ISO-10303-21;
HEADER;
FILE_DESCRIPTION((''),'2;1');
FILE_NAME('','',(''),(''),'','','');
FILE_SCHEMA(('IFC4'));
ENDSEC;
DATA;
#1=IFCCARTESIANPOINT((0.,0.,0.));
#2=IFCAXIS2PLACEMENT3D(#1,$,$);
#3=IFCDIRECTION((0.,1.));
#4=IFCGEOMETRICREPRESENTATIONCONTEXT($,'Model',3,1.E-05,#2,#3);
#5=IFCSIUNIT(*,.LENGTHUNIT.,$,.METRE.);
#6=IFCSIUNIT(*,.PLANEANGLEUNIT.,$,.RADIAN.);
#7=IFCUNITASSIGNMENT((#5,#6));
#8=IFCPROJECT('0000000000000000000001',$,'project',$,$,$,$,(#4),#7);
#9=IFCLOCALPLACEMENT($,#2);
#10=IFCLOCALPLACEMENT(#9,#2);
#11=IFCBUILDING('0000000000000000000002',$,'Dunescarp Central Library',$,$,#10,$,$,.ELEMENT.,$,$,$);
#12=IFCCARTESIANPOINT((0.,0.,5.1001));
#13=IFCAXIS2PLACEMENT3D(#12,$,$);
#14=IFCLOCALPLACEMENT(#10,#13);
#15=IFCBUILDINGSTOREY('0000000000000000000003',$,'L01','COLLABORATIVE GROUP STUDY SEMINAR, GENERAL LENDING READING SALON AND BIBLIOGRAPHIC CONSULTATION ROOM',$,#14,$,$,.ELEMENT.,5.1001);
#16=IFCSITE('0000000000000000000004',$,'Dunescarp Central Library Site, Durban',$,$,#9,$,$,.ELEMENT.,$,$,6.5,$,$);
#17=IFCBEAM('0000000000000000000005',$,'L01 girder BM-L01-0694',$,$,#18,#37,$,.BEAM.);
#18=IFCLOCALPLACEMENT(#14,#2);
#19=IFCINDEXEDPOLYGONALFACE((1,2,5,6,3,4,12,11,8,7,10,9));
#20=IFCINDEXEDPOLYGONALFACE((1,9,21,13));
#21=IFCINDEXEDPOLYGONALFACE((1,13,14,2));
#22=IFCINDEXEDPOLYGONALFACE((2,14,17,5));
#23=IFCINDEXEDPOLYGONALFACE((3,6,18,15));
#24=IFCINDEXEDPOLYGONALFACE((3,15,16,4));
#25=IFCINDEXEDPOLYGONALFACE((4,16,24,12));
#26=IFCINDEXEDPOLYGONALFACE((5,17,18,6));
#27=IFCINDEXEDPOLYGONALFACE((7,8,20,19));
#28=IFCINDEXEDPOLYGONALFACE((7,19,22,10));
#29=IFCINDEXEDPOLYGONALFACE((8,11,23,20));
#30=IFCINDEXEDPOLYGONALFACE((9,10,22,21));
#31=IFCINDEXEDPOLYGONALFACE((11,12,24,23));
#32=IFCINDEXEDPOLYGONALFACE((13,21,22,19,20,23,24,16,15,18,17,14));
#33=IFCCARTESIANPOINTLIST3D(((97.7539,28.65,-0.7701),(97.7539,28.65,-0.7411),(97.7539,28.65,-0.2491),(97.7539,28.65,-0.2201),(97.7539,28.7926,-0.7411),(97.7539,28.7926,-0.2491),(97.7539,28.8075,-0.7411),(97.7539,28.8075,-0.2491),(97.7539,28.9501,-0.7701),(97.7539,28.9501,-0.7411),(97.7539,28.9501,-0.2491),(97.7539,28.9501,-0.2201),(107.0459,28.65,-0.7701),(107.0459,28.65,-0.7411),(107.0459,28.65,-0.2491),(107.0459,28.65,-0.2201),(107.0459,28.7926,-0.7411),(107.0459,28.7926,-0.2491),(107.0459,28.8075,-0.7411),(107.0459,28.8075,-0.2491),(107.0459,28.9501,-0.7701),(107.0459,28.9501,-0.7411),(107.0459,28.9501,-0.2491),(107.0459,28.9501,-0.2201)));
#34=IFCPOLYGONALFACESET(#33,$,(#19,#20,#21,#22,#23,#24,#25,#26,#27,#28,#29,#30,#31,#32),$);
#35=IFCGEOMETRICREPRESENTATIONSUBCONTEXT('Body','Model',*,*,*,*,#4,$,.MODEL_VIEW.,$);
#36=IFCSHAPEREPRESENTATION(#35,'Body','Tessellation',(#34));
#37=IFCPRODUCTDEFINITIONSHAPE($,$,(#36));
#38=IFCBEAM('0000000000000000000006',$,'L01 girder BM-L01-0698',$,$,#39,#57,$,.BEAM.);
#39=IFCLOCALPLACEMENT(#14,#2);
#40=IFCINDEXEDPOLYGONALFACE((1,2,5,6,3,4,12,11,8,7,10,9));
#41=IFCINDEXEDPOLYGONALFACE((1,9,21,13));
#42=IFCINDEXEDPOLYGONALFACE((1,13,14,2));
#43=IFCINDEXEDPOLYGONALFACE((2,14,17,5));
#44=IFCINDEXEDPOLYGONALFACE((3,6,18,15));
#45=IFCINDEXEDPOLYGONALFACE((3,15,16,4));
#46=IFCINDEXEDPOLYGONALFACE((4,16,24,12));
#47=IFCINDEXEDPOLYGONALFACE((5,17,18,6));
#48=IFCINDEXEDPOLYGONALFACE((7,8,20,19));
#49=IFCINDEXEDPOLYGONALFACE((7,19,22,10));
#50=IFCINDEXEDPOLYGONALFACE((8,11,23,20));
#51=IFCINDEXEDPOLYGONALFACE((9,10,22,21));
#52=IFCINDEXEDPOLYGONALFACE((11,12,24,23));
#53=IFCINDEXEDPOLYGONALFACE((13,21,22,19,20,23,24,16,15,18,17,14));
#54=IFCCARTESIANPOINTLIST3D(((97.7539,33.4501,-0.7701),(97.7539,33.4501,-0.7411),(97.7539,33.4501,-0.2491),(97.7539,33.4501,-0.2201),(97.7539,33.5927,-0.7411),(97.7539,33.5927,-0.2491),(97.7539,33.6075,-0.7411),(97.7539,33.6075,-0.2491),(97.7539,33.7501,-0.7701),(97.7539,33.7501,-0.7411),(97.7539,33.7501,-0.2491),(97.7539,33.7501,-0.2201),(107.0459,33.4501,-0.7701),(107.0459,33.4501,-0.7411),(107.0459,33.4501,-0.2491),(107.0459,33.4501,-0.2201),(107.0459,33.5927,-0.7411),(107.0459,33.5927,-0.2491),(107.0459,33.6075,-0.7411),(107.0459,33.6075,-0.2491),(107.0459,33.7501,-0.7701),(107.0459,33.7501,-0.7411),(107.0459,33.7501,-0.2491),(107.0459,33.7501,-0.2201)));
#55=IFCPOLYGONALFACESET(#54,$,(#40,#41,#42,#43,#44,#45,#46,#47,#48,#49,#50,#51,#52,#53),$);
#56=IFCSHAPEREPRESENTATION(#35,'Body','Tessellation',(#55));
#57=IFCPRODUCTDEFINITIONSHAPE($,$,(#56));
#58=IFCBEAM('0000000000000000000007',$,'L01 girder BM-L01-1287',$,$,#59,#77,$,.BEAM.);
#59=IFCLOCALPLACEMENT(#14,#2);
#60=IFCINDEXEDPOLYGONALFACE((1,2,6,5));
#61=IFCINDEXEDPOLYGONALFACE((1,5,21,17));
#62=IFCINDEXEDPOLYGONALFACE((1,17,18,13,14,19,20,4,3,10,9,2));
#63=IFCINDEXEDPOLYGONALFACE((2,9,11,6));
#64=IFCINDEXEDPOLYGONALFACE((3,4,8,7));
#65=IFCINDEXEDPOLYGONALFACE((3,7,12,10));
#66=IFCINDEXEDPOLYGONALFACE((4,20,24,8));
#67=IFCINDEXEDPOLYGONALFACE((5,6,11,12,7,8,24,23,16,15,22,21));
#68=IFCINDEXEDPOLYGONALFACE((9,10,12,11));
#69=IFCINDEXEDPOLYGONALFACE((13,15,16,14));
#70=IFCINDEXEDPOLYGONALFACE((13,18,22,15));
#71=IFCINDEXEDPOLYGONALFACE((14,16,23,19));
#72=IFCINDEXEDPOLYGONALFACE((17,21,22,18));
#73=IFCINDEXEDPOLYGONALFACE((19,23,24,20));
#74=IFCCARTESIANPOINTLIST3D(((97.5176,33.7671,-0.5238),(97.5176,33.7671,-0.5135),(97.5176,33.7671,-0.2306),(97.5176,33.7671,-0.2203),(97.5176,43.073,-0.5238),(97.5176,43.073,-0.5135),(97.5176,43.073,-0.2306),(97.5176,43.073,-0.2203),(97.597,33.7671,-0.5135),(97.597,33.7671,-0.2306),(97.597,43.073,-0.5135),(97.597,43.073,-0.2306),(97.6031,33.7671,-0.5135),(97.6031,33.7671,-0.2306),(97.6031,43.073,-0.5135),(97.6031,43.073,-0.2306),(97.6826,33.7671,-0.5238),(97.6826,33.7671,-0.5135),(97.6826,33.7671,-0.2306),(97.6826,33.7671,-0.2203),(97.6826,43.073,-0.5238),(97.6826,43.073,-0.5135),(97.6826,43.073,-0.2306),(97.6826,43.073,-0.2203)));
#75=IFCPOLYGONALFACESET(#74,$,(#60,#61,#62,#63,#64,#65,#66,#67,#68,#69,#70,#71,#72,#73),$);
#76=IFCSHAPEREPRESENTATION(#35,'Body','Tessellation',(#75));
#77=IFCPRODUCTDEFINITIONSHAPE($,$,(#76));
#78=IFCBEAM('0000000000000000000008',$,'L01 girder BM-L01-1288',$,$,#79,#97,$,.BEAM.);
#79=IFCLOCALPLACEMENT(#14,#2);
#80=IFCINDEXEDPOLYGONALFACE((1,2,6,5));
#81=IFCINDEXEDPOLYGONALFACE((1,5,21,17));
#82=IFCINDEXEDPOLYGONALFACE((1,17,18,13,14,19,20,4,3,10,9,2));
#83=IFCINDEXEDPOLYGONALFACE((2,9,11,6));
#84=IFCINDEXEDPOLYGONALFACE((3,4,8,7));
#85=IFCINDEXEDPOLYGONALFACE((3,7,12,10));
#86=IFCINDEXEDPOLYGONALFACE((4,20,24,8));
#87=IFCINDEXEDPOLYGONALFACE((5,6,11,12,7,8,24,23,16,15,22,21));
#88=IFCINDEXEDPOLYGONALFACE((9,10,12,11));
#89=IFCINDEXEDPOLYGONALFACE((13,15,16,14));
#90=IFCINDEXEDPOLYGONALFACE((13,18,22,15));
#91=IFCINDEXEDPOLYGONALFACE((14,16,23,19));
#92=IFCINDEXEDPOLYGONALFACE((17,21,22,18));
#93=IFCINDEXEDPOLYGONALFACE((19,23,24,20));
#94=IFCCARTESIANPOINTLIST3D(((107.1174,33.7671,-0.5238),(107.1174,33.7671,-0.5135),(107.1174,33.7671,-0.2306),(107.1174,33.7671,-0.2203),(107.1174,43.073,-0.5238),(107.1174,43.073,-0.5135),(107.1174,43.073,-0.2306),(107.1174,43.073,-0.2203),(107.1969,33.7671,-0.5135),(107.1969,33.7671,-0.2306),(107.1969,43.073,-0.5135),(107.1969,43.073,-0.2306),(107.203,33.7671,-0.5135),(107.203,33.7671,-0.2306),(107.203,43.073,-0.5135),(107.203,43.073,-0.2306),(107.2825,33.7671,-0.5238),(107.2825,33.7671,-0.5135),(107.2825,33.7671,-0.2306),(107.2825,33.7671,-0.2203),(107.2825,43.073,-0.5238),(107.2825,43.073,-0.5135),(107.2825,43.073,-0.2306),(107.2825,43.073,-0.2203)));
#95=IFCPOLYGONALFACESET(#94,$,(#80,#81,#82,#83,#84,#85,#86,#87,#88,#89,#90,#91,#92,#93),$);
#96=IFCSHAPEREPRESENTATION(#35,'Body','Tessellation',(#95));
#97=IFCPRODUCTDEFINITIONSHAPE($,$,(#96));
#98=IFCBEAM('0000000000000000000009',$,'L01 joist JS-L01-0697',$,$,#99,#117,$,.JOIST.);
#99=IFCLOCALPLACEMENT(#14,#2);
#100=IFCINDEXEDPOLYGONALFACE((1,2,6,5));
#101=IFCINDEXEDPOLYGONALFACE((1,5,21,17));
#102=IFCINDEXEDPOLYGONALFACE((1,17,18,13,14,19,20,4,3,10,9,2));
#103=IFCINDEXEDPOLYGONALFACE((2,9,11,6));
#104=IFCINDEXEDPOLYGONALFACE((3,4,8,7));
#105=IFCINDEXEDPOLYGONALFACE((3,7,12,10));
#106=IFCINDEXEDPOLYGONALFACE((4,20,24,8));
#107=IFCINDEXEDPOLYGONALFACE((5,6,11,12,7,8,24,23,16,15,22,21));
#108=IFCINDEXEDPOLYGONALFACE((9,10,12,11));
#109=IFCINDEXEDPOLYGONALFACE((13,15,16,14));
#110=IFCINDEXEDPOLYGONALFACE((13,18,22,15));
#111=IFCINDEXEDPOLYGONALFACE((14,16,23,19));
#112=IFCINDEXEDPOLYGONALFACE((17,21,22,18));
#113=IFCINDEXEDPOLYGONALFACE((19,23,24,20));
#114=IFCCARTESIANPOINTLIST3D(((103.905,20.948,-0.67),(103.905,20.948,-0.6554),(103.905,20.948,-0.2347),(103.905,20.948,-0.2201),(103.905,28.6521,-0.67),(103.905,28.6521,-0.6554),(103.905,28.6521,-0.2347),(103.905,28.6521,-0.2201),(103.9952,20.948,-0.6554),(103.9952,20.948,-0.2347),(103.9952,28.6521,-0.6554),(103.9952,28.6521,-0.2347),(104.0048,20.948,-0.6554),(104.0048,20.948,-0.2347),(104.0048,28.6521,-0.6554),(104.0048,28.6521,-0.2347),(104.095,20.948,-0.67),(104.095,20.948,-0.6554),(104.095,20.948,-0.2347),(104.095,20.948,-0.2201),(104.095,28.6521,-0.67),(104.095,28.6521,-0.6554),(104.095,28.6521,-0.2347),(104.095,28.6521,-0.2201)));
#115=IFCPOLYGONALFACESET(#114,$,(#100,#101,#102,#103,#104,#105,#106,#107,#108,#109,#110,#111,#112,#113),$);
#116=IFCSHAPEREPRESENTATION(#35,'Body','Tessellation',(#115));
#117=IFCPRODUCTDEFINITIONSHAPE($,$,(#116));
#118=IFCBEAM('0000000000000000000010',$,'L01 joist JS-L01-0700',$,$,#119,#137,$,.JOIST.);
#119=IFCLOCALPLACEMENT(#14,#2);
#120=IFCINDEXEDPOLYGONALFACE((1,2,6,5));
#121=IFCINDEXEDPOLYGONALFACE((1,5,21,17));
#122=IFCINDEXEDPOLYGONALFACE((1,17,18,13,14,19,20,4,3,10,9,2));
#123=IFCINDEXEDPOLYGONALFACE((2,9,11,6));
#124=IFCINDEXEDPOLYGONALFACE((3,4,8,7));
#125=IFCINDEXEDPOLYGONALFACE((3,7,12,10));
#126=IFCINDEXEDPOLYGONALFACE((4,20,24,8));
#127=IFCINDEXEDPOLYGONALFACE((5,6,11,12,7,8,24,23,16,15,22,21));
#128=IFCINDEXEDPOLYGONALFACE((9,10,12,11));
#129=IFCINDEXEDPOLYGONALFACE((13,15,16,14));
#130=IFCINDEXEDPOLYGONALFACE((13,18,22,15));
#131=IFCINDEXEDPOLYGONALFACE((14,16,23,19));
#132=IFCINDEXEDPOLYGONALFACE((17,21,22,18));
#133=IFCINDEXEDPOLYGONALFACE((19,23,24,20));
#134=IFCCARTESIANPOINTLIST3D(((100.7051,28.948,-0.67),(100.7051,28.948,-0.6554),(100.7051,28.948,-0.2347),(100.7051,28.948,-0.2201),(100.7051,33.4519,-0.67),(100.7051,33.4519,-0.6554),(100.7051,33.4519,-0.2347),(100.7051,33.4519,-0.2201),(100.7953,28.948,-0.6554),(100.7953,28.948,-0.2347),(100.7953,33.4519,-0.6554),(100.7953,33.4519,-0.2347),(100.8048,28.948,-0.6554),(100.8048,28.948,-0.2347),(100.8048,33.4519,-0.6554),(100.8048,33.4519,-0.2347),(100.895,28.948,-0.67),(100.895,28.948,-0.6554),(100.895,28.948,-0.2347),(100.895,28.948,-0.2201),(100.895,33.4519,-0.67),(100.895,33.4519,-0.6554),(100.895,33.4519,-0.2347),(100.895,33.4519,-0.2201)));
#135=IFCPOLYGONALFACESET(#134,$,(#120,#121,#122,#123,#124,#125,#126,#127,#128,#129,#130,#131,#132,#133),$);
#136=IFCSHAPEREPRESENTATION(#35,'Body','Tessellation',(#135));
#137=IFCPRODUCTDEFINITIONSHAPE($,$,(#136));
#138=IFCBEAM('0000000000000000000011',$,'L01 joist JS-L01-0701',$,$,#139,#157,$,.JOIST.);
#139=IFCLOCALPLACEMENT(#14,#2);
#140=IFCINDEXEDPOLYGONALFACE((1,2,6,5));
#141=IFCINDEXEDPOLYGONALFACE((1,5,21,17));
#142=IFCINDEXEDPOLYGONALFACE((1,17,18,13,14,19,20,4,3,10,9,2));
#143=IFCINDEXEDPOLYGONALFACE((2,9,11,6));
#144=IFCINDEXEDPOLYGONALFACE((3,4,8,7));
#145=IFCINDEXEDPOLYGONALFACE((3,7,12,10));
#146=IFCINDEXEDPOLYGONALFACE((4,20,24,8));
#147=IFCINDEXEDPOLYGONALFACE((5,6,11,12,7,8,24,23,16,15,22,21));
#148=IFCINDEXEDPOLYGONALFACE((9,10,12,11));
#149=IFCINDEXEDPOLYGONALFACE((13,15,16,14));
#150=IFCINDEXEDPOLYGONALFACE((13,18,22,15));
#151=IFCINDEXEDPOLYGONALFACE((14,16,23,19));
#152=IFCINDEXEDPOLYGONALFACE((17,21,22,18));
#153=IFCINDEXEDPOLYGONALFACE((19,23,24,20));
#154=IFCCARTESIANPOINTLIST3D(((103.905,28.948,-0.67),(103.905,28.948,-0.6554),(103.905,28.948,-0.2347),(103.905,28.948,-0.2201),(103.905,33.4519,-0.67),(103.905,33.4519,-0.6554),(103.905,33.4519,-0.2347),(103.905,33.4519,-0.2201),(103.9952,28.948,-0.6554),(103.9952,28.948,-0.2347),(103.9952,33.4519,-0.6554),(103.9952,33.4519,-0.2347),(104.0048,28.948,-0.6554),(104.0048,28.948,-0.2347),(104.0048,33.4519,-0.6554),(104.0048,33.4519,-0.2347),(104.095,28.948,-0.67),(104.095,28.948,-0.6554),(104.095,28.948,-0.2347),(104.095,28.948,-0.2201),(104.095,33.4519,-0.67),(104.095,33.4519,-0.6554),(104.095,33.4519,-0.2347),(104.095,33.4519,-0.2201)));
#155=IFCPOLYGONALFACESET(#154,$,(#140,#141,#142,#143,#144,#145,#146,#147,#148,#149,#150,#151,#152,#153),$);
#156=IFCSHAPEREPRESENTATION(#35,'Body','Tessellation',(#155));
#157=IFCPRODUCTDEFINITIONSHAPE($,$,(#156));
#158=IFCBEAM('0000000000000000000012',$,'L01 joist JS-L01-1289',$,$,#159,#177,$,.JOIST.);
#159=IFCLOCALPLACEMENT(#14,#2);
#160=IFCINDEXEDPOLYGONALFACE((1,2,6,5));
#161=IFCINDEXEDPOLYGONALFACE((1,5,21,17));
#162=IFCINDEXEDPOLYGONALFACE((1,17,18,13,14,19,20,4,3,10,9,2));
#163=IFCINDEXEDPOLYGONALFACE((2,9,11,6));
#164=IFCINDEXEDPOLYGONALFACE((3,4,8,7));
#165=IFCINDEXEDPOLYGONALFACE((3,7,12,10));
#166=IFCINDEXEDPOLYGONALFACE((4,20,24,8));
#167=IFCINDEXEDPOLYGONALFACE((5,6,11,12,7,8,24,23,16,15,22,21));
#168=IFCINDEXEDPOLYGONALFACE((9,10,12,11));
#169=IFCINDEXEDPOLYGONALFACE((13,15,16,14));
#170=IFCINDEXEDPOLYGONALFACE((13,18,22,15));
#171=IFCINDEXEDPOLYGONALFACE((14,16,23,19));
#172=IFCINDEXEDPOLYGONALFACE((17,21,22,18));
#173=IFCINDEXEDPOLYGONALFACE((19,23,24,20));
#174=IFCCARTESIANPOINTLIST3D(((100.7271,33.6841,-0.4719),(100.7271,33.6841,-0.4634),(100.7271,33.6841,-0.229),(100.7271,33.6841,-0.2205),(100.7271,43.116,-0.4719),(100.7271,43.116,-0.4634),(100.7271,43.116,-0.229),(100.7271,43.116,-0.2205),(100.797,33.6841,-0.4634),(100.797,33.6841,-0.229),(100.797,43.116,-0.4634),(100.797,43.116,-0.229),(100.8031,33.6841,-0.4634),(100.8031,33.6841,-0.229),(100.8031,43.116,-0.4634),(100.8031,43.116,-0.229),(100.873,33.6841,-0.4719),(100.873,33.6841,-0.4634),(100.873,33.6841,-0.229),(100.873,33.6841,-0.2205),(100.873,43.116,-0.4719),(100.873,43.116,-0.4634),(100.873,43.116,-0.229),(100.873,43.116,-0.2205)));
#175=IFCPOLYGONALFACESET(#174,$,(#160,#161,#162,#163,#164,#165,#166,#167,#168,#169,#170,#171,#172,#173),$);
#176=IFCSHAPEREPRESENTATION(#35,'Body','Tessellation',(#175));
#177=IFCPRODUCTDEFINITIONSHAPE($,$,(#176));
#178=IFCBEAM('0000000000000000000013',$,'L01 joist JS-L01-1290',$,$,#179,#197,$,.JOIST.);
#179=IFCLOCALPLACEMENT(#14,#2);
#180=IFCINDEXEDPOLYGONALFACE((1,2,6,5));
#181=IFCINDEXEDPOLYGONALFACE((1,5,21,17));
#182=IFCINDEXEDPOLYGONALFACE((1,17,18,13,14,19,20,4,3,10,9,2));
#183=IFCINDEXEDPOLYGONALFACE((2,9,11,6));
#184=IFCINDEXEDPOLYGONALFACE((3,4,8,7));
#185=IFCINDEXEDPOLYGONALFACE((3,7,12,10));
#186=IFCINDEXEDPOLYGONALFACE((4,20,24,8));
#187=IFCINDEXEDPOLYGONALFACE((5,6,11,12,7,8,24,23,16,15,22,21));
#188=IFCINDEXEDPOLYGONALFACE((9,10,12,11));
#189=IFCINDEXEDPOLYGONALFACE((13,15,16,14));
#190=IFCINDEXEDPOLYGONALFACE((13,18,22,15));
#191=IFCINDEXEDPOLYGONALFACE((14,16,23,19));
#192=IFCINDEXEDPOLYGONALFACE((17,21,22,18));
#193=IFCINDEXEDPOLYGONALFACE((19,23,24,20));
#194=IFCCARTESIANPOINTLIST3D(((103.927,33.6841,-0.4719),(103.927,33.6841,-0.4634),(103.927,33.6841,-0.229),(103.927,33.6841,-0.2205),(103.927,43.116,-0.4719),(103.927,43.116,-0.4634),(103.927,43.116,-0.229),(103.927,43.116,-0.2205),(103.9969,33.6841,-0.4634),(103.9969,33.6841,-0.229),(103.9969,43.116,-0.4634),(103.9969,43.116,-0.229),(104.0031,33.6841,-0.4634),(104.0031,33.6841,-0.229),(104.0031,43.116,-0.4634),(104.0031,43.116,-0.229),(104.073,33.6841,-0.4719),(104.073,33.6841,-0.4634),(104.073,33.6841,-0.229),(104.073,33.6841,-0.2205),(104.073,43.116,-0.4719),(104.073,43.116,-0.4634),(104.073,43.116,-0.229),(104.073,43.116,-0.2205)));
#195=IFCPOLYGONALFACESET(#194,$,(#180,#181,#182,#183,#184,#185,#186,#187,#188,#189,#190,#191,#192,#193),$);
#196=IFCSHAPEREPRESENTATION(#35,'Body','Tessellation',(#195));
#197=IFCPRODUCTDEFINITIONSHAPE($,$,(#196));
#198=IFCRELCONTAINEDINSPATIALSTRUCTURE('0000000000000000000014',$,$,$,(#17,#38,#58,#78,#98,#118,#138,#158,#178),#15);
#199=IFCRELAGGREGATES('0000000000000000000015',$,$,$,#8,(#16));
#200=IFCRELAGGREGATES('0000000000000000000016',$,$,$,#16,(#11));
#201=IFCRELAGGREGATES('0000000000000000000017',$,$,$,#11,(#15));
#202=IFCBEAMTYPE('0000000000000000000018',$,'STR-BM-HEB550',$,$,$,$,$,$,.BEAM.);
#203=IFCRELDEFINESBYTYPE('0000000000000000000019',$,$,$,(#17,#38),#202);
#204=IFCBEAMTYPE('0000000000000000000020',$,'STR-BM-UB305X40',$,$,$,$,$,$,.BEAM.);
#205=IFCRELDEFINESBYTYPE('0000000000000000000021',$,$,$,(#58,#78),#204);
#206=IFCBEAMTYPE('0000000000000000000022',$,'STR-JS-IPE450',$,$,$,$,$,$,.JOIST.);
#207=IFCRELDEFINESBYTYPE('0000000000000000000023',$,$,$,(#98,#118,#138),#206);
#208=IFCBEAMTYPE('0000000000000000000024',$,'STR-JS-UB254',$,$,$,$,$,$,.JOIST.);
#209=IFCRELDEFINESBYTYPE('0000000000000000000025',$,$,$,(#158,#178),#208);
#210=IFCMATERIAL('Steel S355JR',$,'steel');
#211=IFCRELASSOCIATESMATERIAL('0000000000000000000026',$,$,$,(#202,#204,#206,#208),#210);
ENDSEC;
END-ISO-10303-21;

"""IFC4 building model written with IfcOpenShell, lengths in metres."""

from ifc_helpers import new_model, si_unit, direction, frame, origin, origin_2d, place, context, subcontext, project, spatial, i_section, extrude, material, material_profile, profile_set, type_object, element, save


model = new_model("IFC4")

# Units and contexts
model_context = context("Model", 3, precision=1e-05, world=origin(), true_north=direction((0.0, 1.0)))
body_context = subcontext(model_context, "Body", "Model", "MODEL_VIEW")
ifc_project = project(units=[si_unit("LENGTHUNIT", "METRE"), si_unit("PLANEANGLEUNIT", "RADIAN")], contexts=[model_context])

# Site, building, storey
site_placement = place(None, origin())
site = spatial("IfcSite", under=ifc_project, at=site_placement, Name="Dunescarp Central Library Site, Durban", CompositionType="ELEMENT", RefElevation=6.5)
building_placement = place(site_placement, origin())
building = spatial("IfcBuilding", under=site, at=building_placement, Name="Dunescarp Central Library", CompositionType="ELEMENT")
storey_placement = place(building_placement, frame((0.0, 0.0, 5.1001)))
storey = spatial("IfcBuildingStorey", under=building, at=storey_placement, Name="L01", Description="COLLABORATIVE GROUP STUDY SEMINAR, GENERAL LENDING READING SALON AND BIBLIOGRAPHIC CONSULTATION ROOM", CompositionType="ELEMENT", Elevation=5.1001)

# Shared definitions
ifc_material_1 = material(Name="Steel S355JR", Category="steel")

# Beams
ifc_material_profile_1 = material_profile(ifc_material_1, i_section(OverallWidth=0.3, OverallDepth=0.55, WebThickness=0.0149, FlangeThickness=0.0291, at=origin_2d()), Name="HEB 550")
ifc_profile_set_1 = profile_set([ifc_material_profile_1], Name="Steel S355JR")
beam_type_1 = type_object("IfcBeamType", Name="STR-BM-HEB550", PredefinedType="BEAM", material=ifc_profile_set_1)
for number, where, z_axis, x_axis, name in (
    (1, (97.7539, 28.8, -0.4951), (1.0, 0.0, 0.0), (0.0, 1.0, 0.0), "L01 girder BM-L01-0694"),
    (2, (97.7539, 33.6001, -0.4951), (1.0, 0.0, 0.0), (0.0, 1.0, 0.0), "L01 girder BM-L01-0698"),
):
    element("IfcBeam", number, at=place(storey_placement, frame(where, z_axis=z_axis, x_axis=x_axis)), inside=storey, type_object=beam_type_1, Name=name, PredefinedType="BEAM", context=body_context, shape_type="SweptSolid", body=[
        extrude(i_section(OverallWidth=0.3, OverallDepth=0.55, WebThickness=0.0149, FlangeThickness=0.0291, at=origin_2d()), origin(), (0.0, 0.0, 1.0), 9.292),
    ])
ifc_material_profile_2 = material_profile(ifc_material_1, i_section(OverallWidth=0.165, OverallDepth=0.3035, WebThickness=0.0061, FlangeThickness=0.0103, at=origin_2d()), Name="UB 305x165x40")
ifc_profile_set_2 = profile_set([ifc_material_profile_2], Name="Steel S355JR")
beam_type_2 = type_object("IfcBeamType", Name="STR-BM-UB305X40", PredefinedType="BEAM", material=ifc_profile_set_2)
for number, where, z_axis, x_axis, name in (
    (3, (97.6001, 33.7671, -0.3721), (0.0, 1.0, 0.0), (-1.0, 0.0, 0.0), "L01 girder BM-L01-1287"),
    (4, (107.2, 33.7671, -0.3721), (0.0, 1.0, 0.0), (-1.0, 0.0, 0.0), "L01 girder BM-L01-1288"),
):
    element("IfcBeam", number, at=place(storey_placement, frame(where, z_axis=z_axis, x_axis=x_axis)), inside=storey, type_object=beam_type_2, Name=name, PredefinedType="BEAM", context=body_context, shape_type="SweptSolid", body=[
        extrude(i_section(OverallWidth=0.165, OverallDepth=0.3035, WebThickness=0.0061, FlangeThickness=0.0103, at=origin_2d()), origin(), (0.0, 0.0, 1.0), 9.3059),
    ])
ifc_material_profile_3 = material_profile(ifc_material_1, i_section(OverallWidth=0.1899, OverallDepth=0.45, WebThickness=0.0095, FlangeThickness=0.0146, at=origin_2d()), Name="IPE 450")
ifc_profile_set_3 = profile_set([ifc_material_profile_3], Name="Steel S355JR")
beam_type_3 = type_object("IfcBeamType", Name="STR-JS-IPE450", PredefinedType="JOIST", material=ifc_profile_set_3)
beam_1_placement = place(storey_placement, frame((104.0, 20.948, -0.4451), z_axis=(0.0, 1.0, 0.0), x_axis=(-1.0, 0.0, 0.0)))
element("IfcBeam", 5, at=beam_1_placement, inside=storey, type_object=beam_type_3, Name="L01 joist JS-L01-0697", PredefinedType="JOIST", context=body_context, shape_type="SweptSolid", body=[
    extrude(i_section(OverallWidth=0.1899, OverallDepth=0.45, WebThickness=0.0095, FlangeThickness=0.0146, at=origin_2d()), origin(), (0.0, 0.0, 1.0), 7.7041),
])
for number, where, z_axis, x_axis, name in (
    (6, (100.8, 28.948, -0.4451), (0.0, 1.0, 0.0), (-1.0, 0.0, 0.0), "L01 joist JS-L01-0700"),
    (7, (104.0, 28.948, -0.4451), (0.0, 1.0, 0.0), (-1.0, 0.0, 0.0), "L01 joist JS-L01-0701"),
):
    element("IfcBeam", number, at=place(storey_placement, frame(where, z_axis=z_axis, x_axis=x_axis)), inside=storey, type_object=beam_type_3, Name=name, PredefinedType="JOIST", context=body_context, shape_type="SweptSolid", body=[
        extrude(i_section(OverallWidth=0.1899, OverallDepth=0.45, WebThickness=0.0095, FlangeThickness=0.0146, at=origin_2d()), origin(), (0.0, 0.0, 1.0), 4.5039),
    ])
ifc_material_profile_4 = material_profile(ifc_material_1, i_section(OverallWidth=0.146, OverallDepth=0.2515, WebThickness=0.0061, FlangeThickness=0.0085, at=origin_2d()), Name="UB 254x146x31")
ifc_profile_set_4 = profile_set([ifc_material_profile_4], Name="Steel S355JR")
beam_type_4 = type_object("IfcBeamType", Name="STR-JS-UB254", PredefinedType="JOIST", material=ifc_profile_set_4)
for number, where, z_axis, x_axis, name in (
    (8, (100.8, 33.6841, -0.3462), (0.0, 1.0, 0.0), (-1.0, 0.0, 0.0), "L01 joist JS-L01-1289"),
    (9, (104.0, 33.6841, -0.3462), (0.0, 1.0, 0.0), (-1.0, 0.0, 0.0), "L01 joist JS-L01-1290"),
):
    element("IfcBeam", number, at=place(storey_placement, frame(where, z_axis=z_axis, x_axis=x_axis)), inside=storey, type_object=beam_type_4, Name=name, PredefinedType="JOIST", context=body_context, shape_type="SweptSolid", body=[
        extrude(i_section(OverallWidth=0.146, OverallDepth=0.2515, WebThickness=0.0061, FlangeThickness=0.0085, at=origin_2d()), origin(), (0.0, 0.0, 1.0), 9.4319),
    ])

save(model, "model.ifc")
